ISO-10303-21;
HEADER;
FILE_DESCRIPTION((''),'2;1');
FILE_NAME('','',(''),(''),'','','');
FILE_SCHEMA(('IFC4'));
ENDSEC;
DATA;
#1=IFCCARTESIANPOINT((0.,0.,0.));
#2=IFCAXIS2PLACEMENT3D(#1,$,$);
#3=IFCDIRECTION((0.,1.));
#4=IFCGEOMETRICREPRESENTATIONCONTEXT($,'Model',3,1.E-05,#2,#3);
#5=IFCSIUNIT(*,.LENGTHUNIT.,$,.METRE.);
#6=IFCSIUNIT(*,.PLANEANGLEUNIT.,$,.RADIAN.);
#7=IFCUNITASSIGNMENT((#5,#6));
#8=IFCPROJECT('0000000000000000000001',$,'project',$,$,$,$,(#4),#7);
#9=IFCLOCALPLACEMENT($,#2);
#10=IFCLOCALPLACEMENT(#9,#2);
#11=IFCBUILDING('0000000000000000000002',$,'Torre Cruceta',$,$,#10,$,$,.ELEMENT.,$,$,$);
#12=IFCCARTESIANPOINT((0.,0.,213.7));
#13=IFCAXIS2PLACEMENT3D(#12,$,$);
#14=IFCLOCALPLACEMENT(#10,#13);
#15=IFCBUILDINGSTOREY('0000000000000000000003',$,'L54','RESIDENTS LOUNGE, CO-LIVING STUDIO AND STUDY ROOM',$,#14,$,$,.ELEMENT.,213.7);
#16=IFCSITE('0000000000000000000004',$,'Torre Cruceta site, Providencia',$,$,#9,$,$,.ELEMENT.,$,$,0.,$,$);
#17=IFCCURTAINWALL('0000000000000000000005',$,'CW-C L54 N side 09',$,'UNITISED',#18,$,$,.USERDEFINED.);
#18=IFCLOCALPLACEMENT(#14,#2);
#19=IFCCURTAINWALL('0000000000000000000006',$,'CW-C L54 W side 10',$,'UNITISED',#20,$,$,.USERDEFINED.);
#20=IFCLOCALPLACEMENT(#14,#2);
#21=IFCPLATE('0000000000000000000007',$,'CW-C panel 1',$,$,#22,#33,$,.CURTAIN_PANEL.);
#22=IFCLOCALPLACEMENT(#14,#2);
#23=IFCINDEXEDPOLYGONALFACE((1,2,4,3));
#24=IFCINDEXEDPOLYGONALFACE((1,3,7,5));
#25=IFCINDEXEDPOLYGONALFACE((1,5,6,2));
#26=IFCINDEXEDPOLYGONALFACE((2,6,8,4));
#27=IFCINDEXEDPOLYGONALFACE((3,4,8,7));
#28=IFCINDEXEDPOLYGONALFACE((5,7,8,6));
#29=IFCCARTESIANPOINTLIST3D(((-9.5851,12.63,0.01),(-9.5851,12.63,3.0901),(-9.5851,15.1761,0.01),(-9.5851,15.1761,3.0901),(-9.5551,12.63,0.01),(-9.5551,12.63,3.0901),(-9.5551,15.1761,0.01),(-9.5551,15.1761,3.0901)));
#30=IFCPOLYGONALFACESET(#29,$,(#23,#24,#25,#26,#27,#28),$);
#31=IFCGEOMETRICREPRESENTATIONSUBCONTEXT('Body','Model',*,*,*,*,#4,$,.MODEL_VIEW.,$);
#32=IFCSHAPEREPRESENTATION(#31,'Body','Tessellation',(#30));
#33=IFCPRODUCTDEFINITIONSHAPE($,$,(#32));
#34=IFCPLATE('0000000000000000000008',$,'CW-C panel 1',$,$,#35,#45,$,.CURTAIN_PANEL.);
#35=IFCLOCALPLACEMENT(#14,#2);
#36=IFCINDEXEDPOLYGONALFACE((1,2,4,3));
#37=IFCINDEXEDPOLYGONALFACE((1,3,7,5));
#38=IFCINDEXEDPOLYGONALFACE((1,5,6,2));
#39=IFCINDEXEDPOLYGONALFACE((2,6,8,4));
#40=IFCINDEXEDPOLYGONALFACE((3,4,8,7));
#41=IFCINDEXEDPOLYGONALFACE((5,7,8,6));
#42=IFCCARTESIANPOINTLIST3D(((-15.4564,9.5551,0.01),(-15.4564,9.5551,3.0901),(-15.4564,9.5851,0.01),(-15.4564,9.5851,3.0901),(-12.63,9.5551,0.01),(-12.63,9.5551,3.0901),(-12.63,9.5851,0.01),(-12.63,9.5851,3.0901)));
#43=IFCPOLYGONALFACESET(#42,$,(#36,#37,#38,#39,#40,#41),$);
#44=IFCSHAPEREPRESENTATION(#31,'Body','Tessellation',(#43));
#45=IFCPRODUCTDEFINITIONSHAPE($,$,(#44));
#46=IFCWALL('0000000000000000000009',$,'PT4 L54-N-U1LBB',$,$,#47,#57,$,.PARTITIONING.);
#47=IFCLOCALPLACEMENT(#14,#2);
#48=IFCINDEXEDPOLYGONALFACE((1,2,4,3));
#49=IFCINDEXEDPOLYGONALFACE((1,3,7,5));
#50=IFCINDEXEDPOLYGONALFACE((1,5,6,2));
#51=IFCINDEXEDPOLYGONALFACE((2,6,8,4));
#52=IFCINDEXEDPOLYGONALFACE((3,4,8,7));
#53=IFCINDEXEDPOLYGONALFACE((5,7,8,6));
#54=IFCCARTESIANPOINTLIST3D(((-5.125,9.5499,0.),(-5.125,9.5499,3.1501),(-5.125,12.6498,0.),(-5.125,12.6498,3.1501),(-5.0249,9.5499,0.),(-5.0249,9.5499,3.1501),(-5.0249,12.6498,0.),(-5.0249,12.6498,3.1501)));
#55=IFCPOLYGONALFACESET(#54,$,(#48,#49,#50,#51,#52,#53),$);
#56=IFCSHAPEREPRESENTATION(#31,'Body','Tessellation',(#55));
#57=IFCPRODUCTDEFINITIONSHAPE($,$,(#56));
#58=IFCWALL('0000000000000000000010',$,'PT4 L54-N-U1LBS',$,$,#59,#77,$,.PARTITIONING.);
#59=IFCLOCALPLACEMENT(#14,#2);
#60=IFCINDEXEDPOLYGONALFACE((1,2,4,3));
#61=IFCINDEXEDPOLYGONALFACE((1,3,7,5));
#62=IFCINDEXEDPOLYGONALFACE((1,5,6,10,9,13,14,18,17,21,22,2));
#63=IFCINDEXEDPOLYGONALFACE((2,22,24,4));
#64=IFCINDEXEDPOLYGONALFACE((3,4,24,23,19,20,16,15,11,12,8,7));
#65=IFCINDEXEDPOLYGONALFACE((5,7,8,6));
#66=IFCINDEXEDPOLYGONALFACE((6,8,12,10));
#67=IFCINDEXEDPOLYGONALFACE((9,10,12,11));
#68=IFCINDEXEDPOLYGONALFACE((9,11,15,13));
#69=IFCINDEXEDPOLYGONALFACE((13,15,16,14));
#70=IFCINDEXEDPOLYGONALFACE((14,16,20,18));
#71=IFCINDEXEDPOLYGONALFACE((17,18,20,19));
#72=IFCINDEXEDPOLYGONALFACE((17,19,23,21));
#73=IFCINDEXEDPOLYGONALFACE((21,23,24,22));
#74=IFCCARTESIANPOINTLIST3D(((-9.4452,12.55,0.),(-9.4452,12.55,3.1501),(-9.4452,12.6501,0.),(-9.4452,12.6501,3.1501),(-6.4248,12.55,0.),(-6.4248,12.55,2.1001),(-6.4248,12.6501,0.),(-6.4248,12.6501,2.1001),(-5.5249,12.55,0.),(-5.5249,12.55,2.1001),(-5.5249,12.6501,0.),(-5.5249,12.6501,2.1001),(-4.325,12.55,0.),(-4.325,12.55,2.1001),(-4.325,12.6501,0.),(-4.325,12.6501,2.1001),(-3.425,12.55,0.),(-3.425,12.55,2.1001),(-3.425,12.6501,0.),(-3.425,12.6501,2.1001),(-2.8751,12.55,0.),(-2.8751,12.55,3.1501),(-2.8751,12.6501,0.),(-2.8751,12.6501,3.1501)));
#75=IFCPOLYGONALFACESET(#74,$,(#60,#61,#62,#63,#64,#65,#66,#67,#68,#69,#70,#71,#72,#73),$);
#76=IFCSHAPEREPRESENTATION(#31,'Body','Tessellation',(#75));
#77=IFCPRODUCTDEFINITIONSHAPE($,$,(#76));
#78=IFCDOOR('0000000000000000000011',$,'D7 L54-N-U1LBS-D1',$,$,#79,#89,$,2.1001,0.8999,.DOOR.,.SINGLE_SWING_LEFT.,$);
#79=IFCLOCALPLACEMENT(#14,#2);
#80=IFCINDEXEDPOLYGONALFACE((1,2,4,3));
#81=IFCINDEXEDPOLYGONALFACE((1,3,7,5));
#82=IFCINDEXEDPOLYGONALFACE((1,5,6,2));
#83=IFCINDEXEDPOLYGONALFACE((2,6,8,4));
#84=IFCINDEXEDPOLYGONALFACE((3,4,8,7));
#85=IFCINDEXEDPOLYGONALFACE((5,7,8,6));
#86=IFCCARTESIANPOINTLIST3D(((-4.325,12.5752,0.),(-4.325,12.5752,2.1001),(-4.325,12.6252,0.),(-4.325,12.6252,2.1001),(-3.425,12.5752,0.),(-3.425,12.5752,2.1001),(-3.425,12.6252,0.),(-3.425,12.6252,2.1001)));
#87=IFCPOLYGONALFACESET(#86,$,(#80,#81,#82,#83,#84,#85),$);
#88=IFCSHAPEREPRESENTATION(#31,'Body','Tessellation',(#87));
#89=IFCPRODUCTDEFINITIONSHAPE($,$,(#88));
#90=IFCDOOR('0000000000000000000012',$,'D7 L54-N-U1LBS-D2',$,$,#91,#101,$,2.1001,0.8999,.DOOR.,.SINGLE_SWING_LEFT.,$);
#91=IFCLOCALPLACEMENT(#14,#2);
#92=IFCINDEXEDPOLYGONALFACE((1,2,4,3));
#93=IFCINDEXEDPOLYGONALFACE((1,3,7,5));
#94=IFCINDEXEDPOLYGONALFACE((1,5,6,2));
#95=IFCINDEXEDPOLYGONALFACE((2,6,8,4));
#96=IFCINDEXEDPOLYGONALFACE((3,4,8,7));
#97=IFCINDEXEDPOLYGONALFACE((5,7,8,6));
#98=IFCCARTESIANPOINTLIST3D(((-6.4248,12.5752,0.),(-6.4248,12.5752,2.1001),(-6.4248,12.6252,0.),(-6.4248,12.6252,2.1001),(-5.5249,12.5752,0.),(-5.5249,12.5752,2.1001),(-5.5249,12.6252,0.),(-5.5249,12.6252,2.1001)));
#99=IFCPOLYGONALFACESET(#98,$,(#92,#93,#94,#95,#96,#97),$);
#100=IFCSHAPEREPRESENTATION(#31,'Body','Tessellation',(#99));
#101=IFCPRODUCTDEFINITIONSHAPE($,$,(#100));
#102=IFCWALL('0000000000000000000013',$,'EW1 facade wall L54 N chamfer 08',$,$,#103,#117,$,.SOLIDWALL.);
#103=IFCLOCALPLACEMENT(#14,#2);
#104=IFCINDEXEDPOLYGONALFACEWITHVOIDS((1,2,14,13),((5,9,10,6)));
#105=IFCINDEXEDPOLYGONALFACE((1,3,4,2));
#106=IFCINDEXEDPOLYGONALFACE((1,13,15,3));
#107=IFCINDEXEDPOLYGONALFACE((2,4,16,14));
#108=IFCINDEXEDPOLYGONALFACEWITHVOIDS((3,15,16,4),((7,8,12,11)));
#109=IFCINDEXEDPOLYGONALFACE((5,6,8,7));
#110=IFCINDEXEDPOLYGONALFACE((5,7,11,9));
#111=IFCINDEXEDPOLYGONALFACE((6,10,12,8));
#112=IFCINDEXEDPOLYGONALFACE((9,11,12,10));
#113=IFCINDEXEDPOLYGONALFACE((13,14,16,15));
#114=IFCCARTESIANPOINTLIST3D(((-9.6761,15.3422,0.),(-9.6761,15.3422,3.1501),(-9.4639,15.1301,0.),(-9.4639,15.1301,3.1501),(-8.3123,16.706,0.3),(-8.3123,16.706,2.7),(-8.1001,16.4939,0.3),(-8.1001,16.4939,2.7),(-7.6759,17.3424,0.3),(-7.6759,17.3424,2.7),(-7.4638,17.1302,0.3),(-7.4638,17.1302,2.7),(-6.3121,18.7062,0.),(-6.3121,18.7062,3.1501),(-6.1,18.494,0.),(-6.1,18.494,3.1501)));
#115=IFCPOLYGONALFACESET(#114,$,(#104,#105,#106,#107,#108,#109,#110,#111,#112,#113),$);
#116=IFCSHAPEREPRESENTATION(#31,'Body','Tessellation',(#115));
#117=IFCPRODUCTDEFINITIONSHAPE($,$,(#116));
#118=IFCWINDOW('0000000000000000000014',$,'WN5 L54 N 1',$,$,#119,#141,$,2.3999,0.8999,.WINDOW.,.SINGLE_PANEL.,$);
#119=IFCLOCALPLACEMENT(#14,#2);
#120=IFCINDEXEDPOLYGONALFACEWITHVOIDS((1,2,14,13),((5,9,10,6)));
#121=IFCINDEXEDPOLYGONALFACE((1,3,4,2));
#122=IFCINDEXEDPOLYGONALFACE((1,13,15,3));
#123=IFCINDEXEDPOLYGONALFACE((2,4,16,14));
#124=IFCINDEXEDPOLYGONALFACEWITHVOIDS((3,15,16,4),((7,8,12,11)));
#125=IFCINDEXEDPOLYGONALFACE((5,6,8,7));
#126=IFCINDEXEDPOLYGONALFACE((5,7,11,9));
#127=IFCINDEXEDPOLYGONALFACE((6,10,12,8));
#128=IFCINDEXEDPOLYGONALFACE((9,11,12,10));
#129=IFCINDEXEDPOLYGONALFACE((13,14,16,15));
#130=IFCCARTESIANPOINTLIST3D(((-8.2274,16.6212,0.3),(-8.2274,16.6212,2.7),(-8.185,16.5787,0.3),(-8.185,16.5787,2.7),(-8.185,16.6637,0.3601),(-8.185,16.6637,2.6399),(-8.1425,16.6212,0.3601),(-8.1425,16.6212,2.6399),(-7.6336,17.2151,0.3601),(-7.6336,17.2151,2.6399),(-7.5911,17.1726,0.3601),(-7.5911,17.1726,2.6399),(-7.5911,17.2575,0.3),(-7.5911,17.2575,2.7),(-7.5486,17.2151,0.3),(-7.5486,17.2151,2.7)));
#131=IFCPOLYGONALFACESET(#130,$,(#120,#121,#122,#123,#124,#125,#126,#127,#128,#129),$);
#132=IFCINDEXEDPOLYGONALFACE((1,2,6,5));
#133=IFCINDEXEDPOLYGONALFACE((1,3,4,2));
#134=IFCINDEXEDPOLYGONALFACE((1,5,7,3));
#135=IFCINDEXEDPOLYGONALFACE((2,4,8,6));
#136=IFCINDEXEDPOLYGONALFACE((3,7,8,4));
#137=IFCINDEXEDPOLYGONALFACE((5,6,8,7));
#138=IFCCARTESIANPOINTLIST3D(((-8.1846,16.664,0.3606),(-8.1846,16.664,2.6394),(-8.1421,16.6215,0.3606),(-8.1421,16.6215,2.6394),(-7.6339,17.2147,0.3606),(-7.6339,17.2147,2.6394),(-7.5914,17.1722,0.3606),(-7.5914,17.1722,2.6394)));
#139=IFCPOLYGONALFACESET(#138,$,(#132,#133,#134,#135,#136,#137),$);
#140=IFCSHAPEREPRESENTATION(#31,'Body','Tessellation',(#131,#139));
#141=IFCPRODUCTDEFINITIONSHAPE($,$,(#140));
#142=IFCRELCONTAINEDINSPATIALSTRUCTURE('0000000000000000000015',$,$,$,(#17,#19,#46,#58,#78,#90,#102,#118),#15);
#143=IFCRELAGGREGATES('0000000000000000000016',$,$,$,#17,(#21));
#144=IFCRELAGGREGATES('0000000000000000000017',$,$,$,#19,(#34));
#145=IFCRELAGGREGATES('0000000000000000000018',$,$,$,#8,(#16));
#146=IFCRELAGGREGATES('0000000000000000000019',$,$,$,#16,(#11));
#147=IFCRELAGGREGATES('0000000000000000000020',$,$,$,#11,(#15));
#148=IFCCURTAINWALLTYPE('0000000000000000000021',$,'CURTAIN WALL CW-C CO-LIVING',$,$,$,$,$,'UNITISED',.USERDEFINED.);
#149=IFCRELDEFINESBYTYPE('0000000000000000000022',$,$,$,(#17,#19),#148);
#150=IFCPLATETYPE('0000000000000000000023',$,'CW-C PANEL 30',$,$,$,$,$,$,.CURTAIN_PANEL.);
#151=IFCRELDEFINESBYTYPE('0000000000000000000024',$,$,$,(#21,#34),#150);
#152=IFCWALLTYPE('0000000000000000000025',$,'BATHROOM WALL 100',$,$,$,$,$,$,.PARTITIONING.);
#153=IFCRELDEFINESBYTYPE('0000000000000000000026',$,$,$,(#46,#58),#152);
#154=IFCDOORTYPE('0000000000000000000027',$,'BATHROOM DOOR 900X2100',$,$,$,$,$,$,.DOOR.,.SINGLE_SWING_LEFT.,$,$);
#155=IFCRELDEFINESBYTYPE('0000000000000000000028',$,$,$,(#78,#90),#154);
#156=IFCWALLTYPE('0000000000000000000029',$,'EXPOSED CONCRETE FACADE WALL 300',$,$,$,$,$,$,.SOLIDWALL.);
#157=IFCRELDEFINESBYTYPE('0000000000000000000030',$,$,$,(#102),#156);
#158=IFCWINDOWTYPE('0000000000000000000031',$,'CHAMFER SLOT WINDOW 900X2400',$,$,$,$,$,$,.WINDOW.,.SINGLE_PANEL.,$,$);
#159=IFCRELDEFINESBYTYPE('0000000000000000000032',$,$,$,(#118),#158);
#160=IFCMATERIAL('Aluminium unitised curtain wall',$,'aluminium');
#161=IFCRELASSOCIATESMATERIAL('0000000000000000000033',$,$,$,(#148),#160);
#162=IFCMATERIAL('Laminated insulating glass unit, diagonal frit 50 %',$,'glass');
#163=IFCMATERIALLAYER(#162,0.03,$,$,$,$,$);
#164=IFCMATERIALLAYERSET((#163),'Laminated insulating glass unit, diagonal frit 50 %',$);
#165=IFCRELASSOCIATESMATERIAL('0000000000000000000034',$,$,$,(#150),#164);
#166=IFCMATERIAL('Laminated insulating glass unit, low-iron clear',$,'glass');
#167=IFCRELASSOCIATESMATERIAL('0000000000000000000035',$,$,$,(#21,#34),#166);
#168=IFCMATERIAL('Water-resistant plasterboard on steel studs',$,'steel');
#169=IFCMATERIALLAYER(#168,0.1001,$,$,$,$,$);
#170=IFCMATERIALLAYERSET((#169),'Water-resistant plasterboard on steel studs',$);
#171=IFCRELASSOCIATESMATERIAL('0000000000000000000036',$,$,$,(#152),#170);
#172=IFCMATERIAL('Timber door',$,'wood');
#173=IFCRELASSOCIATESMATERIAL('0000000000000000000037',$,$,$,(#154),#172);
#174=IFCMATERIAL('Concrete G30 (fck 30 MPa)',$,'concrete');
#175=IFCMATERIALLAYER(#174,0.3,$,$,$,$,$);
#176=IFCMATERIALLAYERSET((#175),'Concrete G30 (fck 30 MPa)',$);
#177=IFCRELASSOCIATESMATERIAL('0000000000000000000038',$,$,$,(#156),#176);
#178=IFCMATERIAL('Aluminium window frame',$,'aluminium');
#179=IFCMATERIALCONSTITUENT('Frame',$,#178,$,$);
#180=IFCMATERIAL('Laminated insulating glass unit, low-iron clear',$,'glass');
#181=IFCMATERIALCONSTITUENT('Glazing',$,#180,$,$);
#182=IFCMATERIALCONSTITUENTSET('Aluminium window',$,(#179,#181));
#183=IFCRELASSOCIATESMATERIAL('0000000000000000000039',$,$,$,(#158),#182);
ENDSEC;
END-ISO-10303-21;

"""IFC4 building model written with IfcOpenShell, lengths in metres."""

from ifc_helpers import new_model, si_unit, direction, frame, frame_2d, origin, origin_2d, place, context, subcontext, project, spatial, rectangle, hollow_rectangle, extrude, material, layer, layer_set, constituent, constituent_set, type_object, element, fill, aggregate, save


model = new_model("IFC4")

# Units and contexts
model_context = context("Model", 3, precision=1e-05, world=origin(), true_north=direction((0.0, 1.0)))
body_context = subcontext(model_context, "Body", "Model", "MODEL_VIEW")
ifc_project = project(units=[si_unit("LENGTHUNIT", "METRE"), si_unit("PLANEANGLEUNIT", "RADIAN")], contexts=[model_context])

# Site, building, storey
site_placement = place(None, origin())
site = spatial("IfcSite", under=ifc_project, at=site_placement, Name="Torre Cruceta site, Providencia", CompositionType="ELEMENT", RefElevation=0.0)
building_placement = place(site_placement, origin())
building = spatial("IfcBuilding", under=site, at=building_placement, Name="Torre Cruceta", CompositionType="ELEMENT")
storey_placement = place(building_placement, frame((0.0, 0.0, 213.7)))
storey = spatial("IfcBuildingStorey", under=building, at=storey_placement, Name="L54", Description="RESIDENTS LOUNGE, CO-LIVING STUDIO AND STUDY ROOM", CompositionType="ELEMENT", Elevation=213.7)

# Curtain wall
ifc_material_1 = material(Name="Aluminium unitised curtain wall", Category="aluminium")
curtain_wall_type = type_object("IfcCurtainWallType", Name="CURTAIN WALL CW-C CO-LIVING", ElementType="UNITISED", PredefinedType="USERDEFINED", material=ifc_material_1)
curtain_wall_1_placement = place(storey_placement, origin())
curtain_wall_1 = element("IfcCurtainWall", 1, at=curtain_wall_1_placement, inside=storey, type_object=curtain_wall_type, Name="CW-C L54 N side 09", ObjectType="UNITISED", PredefinedType="USERDEFINED")

# Curtain wall
curtain_wall_2_placement = place(storey_placement, origin())
curtain_wall_2 = element("IfcCurtainWall", 2, at=curtain_wall_2_placement, inside=storey, type_object=curtain_wall_type, Name="CW-C L54 W side 10", ObjectType="UNITISED", PredefinedType="USERDEFINED")

# Plates
ifc_material_2 = material(Name="Laminated insulating glass unit, low-iron clear", Category="glass")
ifc_material_3 = material(Name="Laminated insulating glass unit, diagonal frit 50 %", Category="glass")
ifc_layer_1 = layer(ifc_material_3, 0.03)
ifc_layer_set_1 = layer_set([ifc_layer_1], Name="Laminated insulating glass unit, diagonal frit 50 %")
plate_type = type_object("IfcPlateType", Name="CW-C PANEL 30", PredefinedType="CURTAIN_PANEL", material=ifc_layer_set_1)
plate_1_placement = place(storey_placement, frame((-9.5701, 13.9031, 0.01), z_axis=(0.0, 0.0, 1.0), x_axis=(0.0, -1.0, 0.0)))
plate_1 = element("IfcPlate", 3, at=plate_1_placement, type_object=plate_type, material=ifc_material_2, Name="CW-C panel 1", PredefinedType="CURTAIN_PANEL", context=body_context, shape_type="SweptSolid", body=[
    extrude(rectangle(XDim=2.5461, YDim=0.03, at=origin_2d()), origin(), (0.0, 0.0, 1.0), 3.0801),
])
aggregate(curtain_wall_1, [plate_1])
plate_2_placement = place(storey_placement, frame((-14.0432, 9.5701, 0.01), z_axis=(0.0, 0.0, 1.0), x_axis=(-1.0, 0.0, 0.0)))
plate_2 = element("IfcPlate", 4, at=plate_2_placement, type_object=plate_type, material=ifc_material_2, Name="CW-C panel 1", PredefinedType="CURTAIN_PANEL", context=body_context, shape_type="SweptSolid", body=[
    extrude(rectangle(XDim=2.8264, YDim=0.03, at=origin_2d()), origin(), (0.0, 0.0, 1.0), 3.0801),
])
aggregate(curtain_wall_2, [plate_2])

# Wall
ifc_material_4 = material(Name="Water-resistant plasterboard on steel studs", Category="steel")
ifc_layer_2 = layer(ifc_material_4, 0.1001)
ifc_layer_set_2 = layer_set([ifc_layer_2], Name="Water-resistant plasterboard on steel studs")
wall_type_1 = type_object("IfcWallType", Name="BATHROOM WALL 100", PredefinedType="PARTITIONING", material=ifc_layer_set_2)
wall_1_placement = place(storey_placement, frame((-5.075, 9.55, 0.0), z_axis=(0.0, 0.0, 1.0), x_axis=(0.0, 1.0, 0.0)))
element("IfcWall", 5, at=wall_1_placement, inside=storey, type_object=wall_type_1, Name="PT4 L54-N-U1LBB", PredefinedType="PARTITIONING", context=body_context, shape_type="SweptSolid", body=[
    extrude(rectangle(XDim=3.0999, YDim=0.1001, at=frame_2d((1.5498, 0.0))), origin(), (0.0, 0.0, 1.0), 3.1501),
])

# Wall, openings, doors
wall_2_placement = place(storey_placement, frame((-2.875, 12.6001, 0.0), z_axis=(0.0, 0.0, 1.0), x_axis=(-1.0, 0.0, 0.0)))
wall_2 = element("IfcWall", 6, at=wall_2_placement, inside=storey, type_object=wall_type_1, Name="PT4 L54-N-U1LBS", PredefinedType="PARTITIONING", context=body_context, shape_type="SweptSolid", body=[
    extrude(rectangle(XDim=6.5701, YDim=0.1001, at=frame_2d((3.2852, 0.0))), origin(), (0.0, 0.0, 1.0), 3.1501),
])
opening_1_placement = place(wall_2_placement, frame((0.55, 0.0, 0.0)))
opening_1 = element("IfcOpeningElement", 7, at=opening_1_placement, cuts=wall_2, PredefinedType="OPENING", context=body_context, shape_type="SweptSolid", body=[
    extrude(rectangle(XDim=0.8999, YDim=2.1001, at=frame_2d((0.45, 1.05))), frame((0.0, 0.0601, 0.0), z_axis=(0.0, -1.0, 0.0), x_axis=(1.0, 0.0, 0.0)), (0.0, 0.0, 1.0), 0.1201),
])
opening_2_placement = place(wall_2_placement, frame((2.6499, 0.0, 0.0)))
opening_2 = element("IfcOpeningElement", 8, at=opening_2_placement, cuts=wall_2, PredefinedType="OPENING", context=body_context, shape_type="SweptSolid", body=[
    extrude(rectangle(XDim=0.8999, YDim=2.1001, at=frame_2d((0.45, 1.05))), frame((0.0, 0.0601, 0.0), z_axis=(0.0, -1.0, 0.0), x_axis=(1.0, 0.0, 0.0)), (0.0, 0.0, 1.0), 0.1201),
])
ifc_material_5 = material(Name="Timber door", Category="wood")
door_type_1 = type_object("IfcDoorType", Name="BATHROOM DOOR 900X2100", OperationType="SINGLE_SWING_LEFT", PredefinedType="DOOR", material=ifc_material_5)
door_1_placement = place(opening_1_placement, origin())
door_1 = element("IfcDoor", 9, at=door_1_placement, inside=storey, type_object=door_type_1, Name="D7 L54-N-U1LBS-D1", OperationType="SINGLE_SWING_LEFT", OverallHeight=2.1001, OverallWidth=0.8999, PredefinedType="DOOR", context=body_context, shape_type="SweptSolid", body=[
    extrude(rectangle(XDim=0.8999, YDim=2.1001, at=frame_2d((0.45, 1.05))), frame((0.0, 0.0249, 0.0), z_axis=(0.0, -1.0, 0.0), x_axis=(1.0, 0.0, 0.0)), (0.0, 0.0, 1.0), 0.05),
])
fill(opening_1, door_1)
door_2_placement = place(opening_2_placement, origin())
door_2 = element("IfcDoor", 10, at=door_2_placement, inside=storey, type_object=door_type_1, Name="D7 L54-N-U1LBS-D2", OperationType="SINGLE_SWING_LEFT", OverallHeight=2.1001, OverallWidth=0.8999, PredefinedType="DOOR", context=body_context, shape_type="SweptSolid", body=[
    extrude(rectangle(XDim=0.8999, YDim=2.1001, at=frame_2d((0.45, 1.05))), frame((0.0, 0.0249, 0.0), z_axis=(0.0, -1.0, 0.0), x_axis=(1.0, 0.0, 0.0)), (0.0, 0.0, 1.0), 0.05),
])
fill(opening_2, door_2)

# Wall, opening, window
ifc_material_6 = material(Name="Concrete G30 (fck 30 MPa)", Category="concrete")
ifc_layer_3 = layer(ifc_material_6, 0.3)
ifc_layer_set_3 = layer_set([ifc_layer_3], Name="Concrete G30 (fck 30 MPa)")
wall_type_2 = type_object("IfcWallType", Name="EXPOSED CONCRETE FACADE WALL 300", PredefinedType="SOLIDWALL", material=ifc_layer_set_3)
wall_3_placement = place(storey_placement, frame((-6.2061, 18.6001, 0.0), z_axis=(0.0, 0.0, 1.0), x_axis=(-0.707107, -0.707107, 0.0)))
wall_3 = element("IfcWall", 11, at=wall_3_placement, inside=storey, type_object=wall_type_2, Name="EW1 facade wall L54 N chamfer 08", PredefinedType="SOLIDWALL", context=body_context, shape_type="SweptSolid", body=[
    extrude(rectangle(XDim=4.7573, YDim=0.3, at=frame_2d((2.3787, 0.0))), origin(), (0.0, 0.0, 1.0), 3.1501),
])
opening_3_placement = place(wall_3_placement, frame((1.9287, 0.0, 0.3)))
opening_3 = element("IfcOpeningElement", 12, at=opening_3_placement, cuts=wall_3, PredefinedType="OPENING", context=body_context, shape_type="SweptSolid", body=[
    extrude(rectangle(XDim=0.8999, YDim=2.3999, at=frame_2d((0.45, 1.2))), frame((0.0, 0.1599, 0.0), z_axis=(0.0, -1.0, 0.0), x_axis=(1.0, 0.0, 0.0)), (0.0, 0.0, 1.0), 0.3201),
])
ifc_material_7 = material(Name="Aluminium window frame", Category="aluminium")
ifc_constituent_1 = constituent(ifc_material_7, Name="Frame")
ifc_material_8 = material(Name="Laminated insulating glass unit, low-iron clear", Category="glass")
ifc_constituent_2 = constituent(ifc_material_8, Name="Glazing")
ifc_constituent_set_1 = constituent_set(constituents=[ifc_constituent_1, ifc_constituent_2], Name="Aluminium window")
window_type = type_object("IfcWindowType", Name="CHAMFER SLOT WINDOW 900X2400", PartitioningType="SINGLE_PANEL", PredefinedType="WINDOW", material=ifc_constituent_set_1)
window_placement = place(opening_3_placement, origin())
window = element("IfcWindow", 13, at=window_placement, inside=storey, type_object=window_type, Name="WN5 L54 N 1", OverallHeight=2.3999, OverallWidth=0.8999, PartitioningType="SINGLE_PANEL", PredefinedType="WINDOW", context=body_context, shape_type="SweptSolid", body=[
    extrude(hollow_rectangle(XDim=0.8999, YDim=2.3999, WallThickness=0.0601, at=frame_2d((0.45, 1.2))), frame((0.0, 0.03, 0.0), z_axis=(0.0, -1.0, 0.0), x_axis=(1.0, 0.0, 0.0)), (0.0, 0.0, 1.0), 0.0601),
    extrude(rectangle(XDim=0.7788, YDim=2.2788, at=frame_2d((0.45, 1.2))), frame((0.0, 0.03, 0.0), z_axis=(0.0, -1.0, 0.0), x_axis=(1.0, 0.0, 0.0)), (0.0, 0.0, 1.0), 0.0601),
])
fill(opening_3, window)

save(model, "model.ifc")
